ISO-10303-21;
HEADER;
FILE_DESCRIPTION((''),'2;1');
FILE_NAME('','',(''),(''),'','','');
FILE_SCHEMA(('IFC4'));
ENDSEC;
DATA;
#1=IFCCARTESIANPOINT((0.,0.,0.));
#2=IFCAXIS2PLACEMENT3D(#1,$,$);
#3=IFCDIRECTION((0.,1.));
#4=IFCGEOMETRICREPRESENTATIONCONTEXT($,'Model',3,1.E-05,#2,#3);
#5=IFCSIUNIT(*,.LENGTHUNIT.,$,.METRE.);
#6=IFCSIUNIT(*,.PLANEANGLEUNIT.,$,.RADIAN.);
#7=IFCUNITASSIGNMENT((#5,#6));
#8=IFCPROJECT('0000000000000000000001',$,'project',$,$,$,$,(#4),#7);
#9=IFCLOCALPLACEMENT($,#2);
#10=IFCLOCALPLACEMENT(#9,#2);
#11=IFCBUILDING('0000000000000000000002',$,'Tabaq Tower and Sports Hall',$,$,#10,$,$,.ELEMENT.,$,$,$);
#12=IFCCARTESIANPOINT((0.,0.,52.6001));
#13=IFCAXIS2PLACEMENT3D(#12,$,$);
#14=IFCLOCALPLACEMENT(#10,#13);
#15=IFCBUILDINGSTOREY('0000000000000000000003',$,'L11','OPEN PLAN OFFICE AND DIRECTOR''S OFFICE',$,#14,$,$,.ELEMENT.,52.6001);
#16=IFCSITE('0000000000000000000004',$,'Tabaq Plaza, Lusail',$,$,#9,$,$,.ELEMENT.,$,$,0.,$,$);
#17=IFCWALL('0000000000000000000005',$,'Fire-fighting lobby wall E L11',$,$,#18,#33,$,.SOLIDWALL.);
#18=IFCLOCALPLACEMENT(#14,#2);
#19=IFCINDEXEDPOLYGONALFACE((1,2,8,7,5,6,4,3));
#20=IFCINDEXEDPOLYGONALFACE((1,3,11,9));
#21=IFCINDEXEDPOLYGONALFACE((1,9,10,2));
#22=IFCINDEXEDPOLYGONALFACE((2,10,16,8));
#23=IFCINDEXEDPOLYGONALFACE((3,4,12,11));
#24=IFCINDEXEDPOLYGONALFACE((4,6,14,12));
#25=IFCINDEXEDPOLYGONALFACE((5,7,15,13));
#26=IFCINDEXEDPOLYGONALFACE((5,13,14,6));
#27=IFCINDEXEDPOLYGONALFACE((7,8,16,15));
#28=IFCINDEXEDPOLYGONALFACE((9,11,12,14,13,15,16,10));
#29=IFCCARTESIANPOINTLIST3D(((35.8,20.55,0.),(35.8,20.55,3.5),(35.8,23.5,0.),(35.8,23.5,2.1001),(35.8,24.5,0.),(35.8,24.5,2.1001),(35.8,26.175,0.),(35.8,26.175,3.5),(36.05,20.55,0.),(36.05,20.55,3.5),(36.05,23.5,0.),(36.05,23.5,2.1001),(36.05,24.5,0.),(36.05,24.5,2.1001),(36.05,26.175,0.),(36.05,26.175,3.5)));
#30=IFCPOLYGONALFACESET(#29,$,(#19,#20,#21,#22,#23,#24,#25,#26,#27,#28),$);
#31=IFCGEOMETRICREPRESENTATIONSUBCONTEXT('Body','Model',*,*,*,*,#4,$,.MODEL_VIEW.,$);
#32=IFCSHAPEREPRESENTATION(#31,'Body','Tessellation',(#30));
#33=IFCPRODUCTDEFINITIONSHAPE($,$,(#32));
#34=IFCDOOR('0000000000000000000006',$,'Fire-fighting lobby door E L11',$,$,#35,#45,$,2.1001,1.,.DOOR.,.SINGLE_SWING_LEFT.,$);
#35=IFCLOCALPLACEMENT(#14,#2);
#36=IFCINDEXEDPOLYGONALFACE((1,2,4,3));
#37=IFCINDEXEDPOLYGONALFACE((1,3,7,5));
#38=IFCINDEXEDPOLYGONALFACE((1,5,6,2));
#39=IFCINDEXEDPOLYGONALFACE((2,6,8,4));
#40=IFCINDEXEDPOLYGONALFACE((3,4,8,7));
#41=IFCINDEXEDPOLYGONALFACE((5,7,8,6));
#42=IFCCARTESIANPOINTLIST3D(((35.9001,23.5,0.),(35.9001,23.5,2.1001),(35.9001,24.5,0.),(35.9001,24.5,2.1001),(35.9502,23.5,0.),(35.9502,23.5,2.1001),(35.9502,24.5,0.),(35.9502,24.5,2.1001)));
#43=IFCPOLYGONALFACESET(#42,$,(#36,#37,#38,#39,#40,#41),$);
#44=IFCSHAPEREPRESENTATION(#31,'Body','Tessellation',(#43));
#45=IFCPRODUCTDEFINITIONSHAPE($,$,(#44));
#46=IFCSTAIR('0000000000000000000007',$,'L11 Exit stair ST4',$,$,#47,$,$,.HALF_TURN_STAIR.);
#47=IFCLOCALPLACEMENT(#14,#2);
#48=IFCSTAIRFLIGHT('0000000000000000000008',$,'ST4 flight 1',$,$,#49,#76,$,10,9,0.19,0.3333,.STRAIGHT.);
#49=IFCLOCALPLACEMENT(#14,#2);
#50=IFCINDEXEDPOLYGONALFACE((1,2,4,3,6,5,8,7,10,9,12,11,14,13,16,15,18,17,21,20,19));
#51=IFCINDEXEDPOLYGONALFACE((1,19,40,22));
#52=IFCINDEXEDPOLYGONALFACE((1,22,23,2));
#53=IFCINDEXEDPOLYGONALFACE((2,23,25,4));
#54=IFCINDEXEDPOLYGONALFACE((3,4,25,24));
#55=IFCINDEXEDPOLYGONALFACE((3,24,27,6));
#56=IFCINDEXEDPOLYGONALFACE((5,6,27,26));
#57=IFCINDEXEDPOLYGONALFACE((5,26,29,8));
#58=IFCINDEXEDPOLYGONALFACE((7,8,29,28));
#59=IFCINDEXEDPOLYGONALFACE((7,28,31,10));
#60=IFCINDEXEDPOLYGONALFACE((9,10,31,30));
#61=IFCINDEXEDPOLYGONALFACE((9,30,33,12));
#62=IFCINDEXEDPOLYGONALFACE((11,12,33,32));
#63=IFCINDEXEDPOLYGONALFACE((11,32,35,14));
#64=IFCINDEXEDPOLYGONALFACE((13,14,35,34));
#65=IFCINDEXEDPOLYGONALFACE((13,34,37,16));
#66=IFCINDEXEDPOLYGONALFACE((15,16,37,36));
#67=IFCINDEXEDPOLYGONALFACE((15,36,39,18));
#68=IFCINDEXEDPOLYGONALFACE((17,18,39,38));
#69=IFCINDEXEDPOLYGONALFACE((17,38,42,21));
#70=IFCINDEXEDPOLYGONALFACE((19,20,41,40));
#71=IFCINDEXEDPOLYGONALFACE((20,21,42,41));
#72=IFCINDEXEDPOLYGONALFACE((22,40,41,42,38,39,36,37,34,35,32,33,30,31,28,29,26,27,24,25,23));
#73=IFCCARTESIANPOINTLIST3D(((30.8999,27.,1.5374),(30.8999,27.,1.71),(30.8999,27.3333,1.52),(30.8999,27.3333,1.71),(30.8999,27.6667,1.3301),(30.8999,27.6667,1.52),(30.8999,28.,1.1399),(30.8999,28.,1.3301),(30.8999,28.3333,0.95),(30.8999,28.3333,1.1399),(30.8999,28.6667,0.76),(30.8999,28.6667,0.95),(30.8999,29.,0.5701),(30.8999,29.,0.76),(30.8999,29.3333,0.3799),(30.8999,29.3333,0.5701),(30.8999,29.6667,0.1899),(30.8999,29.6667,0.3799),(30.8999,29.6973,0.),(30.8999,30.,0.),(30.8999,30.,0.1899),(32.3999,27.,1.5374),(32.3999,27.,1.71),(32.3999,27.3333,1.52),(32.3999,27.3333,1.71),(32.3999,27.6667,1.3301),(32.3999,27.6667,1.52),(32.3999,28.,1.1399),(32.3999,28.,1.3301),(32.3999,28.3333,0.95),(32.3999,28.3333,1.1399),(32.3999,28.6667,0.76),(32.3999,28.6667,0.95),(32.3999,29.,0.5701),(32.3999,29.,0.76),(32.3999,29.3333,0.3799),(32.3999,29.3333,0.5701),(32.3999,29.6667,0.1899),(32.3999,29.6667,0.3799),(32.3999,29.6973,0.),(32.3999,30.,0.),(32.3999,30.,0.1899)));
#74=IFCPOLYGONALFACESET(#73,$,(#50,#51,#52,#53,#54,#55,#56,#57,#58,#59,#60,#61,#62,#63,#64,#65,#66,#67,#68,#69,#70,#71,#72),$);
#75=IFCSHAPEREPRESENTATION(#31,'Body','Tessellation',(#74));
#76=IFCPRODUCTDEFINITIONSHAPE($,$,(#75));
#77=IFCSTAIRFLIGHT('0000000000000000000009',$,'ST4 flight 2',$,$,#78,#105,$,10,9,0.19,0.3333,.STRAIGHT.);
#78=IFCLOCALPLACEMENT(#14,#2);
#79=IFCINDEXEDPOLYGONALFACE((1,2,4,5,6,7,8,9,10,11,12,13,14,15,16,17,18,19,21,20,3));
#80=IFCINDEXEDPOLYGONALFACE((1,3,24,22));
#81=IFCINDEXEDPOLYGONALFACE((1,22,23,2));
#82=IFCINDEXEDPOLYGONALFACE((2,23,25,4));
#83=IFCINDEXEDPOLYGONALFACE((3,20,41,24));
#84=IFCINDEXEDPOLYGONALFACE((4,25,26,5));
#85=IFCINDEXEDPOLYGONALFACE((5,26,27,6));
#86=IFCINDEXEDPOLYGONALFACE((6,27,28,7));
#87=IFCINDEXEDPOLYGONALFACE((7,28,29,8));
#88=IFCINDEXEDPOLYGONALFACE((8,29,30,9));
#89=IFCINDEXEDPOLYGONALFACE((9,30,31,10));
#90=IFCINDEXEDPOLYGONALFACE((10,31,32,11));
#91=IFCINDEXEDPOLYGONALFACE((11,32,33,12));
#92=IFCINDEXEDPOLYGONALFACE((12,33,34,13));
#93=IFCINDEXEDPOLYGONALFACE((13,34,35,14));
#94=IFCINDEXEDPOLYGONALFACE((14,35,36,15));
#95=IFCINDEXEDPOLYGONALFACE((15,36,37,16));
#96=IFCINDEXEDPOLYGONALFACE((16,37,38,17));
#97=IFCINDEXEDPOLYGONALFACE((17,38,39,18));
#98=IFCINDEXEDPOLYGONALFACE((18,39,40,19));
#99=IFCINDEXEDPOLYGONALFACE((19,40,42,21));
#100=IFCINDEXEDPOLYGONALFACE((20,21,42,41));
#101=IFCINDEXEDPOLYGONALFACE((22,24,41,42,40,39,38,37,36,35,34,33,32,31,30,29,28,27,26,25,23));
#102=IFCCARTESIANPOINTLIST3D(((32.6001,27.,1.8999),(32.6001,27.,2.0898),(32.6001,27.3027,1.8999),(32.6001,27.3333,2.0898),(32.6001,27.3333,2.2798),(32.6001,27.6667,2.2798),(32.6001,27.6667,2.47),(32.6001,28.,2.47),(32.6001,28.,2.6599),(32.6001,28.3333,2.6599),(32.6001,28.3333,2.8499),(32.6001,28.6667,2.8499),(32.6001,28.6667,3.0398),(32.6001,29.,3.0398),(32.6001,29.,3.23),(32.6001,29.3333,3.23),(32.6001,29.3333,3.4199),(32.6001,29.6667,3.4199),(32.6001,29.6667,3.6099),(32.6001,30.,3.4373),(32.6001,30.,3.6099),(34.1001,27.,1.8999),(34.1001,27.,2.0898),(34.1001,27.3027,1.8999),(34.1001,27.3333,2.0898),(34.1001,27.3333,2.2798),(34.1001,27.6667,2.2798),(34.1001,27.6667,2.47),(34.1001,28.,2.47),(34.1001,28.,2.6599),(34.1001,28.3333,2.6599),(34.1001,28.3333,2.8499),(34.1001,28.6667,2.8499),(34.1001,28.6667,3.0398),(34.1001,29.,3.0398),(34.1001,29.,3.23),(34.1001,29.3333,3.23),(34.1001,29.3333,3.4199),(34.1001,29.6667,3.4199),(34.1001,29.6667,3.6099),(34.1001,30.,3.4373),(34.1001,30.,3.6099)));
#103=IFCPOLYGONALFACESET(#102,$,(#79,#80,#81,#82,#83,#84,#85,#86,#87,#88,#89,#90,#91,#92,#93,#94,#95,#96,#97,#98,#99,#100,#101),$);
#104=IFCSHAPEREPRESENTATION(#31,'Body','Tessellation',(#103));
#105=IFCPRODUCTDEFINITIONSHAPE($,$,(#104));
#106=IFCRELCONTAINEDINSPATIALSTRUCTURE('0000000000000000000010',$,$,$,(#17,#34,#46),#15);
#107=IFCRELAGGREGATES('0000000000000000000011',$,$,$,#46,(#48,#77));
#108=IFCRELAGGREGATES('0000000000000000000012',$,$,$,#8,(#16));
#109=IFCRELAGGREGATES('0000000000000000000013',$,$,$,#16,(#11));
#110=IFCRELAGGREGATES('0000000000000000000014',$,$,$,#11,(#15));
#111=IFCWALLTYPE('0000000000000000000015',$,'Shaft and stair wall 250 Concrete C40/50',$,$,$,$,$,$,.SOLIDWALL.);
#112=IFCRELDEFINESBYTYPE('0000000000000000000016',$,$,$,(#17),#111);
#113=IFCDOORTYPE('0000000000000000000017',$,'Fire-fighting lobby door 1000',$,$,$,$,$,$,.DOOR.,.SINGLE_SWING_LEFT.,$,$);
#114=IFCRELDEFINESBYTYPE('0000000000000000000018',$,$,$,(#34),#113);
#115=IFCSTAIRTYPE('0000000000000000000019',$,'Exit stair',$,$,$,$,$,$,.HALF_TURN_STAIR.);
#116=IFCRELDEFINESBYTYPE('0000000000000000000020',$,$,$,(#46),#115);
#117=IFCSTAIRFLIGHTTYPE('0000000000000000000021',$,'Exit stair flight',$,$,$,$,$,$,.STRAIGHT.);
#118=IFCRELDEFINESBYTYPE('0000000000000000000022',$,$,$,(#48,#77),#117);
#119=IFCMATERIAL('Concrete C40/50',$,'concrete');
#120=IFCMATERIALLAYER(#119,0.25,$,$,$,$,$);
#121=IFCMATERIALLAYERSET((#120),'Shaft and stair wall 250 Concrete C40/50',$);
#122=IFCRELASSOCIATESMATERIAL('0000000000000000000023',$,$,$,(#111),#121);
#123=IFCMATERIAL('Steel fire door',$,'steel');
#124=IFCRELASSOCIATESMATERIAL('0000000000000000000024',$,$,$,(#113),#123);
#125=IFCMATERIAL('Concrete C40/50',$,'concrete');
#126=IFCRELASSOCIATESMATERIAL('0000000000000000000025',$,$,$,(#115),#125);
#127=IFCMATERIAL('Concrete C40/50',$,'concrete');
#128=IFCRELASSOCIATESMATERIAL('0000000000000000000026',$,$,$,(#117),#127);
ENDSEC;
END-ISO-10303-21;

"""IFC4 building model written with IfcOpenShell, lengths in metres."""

from ifc_helpers import new_model, si_unit, direction, frame, frame_2d, origin, place, context, subcontext, project, spatial, polyline, rectangle, outline, extrude, material, layer, layer_set, type_object, element, fill, aggregate, save


model = new_model("IFC4")

# Units and contexts
model_context = context("Model", 3, precision=1e-05, world=origin(), true_north=direction((0.0, 1.0)))
body_context = subcontext(model_context, "Body", "Model", "MODEL_VIEW")
ifc_project = project(units=[si_unit("LENGTHUNIT", "METRE"), si_unit("PLANEANGLEUNIT", "RADIAN")], contexts=[model_context])

# Site, building, storey
site_placement = place(None, origin())
site = spatial("IfcSite", under=ifc_project, at=site_placement, Name="Tabaq Plaza, Lusail", CompositionType="ELEMENT", RefElevation=0.0)
building_placement = place(site_placement, origin())
building = spatial("IfcBuilding", under=site, at=building_placement, Name="Tabaq Tower and Sports Hall", CompositionType="ELEMENT")
storey_placement = place(building_placement, frame((0.0, 0.0, 52.6001)))
storey = spatial("IfcBuildingStorey", under=building, at=storey_placement, Name="L11", Description="OPEN PLAN OFFICE AND DIRECTOR'S OFFICE", CompositionType="ELEMENT", Elevation=52.6001)

# Shared definitions
ifc_material_1 = material(Name="Concrete C40/50", Category="concrete")
ifc_layer_1 = layer(ifc_material_1, 0.25)
ifc_layer_set_1 = layer_set([ifc_layer_1], Name="Shaft and stair wall 250 Concrete C40/50")
wall_type_1 = type_object("IfcWallType", Name="Shaft and stair wall 250 Concrete C40/50", PredefinedType="SOLIDWALL", material=ifc_layer_set_1)

# Shared definitions
ifc_material_2 = material(Name="Steel fire door", Category="steel")
door_type_1 = type_object("IfcDoorType", Name="Fire-fighting lobby door 1000", OperationType="SINGLE_SWING_LEFT", PredefinedType="DOOR", material=ifc_material_2)

# Wall, opening, door
wall_1_placement = place(storey_placement, frame((35.925, 20.55, 0.0), z_axis=(0.0, 0.0, 1.0), x_axis=(0.0, 1.0, 0.0)))
wall_1 = element("IfcWall", 1, at=wall_1_placement, inside=storey, type_object=wall_type_1, Name="Fire-fighting lobby wall E L11", PredefinedType="SOLIDWALL", context=body_context, shape_type="SweptSolid", body=[
    extrude(rectangle(XDim=5.625, YDim=0.25, at=frame_2d((2.8125, 0.0))), origin(), (0.0, 0.0, 1.0), 3.5),
])
opening_1_placement = place(wall_1_placement, frame((2.95, 0.0, 0.0)))
opening_1 = element("IfcOpeningElement", 2, at=opening_1_placement, cuts=wall_1, PredefinedType="OPENING", context=body_context, shape_type="SweptSolid", body=[
    extrude(rectangle(XDim=1.0, YDim=2.1001, at=frame_2d((0.5, 1.05))), frame((0.0, 0.125, 0.0), z_axis=(0.0, -1.0, 0.0), x_axis=(1.0, 0.0, 0.0)), (0.0, 0.0, 1.0), 0.25),
])
door_1_placement = place(opening_1_placement, origin())
door_1 = element("IfcDoor", 3, at=door_1_placement, inside=storey, type_object=door_type_1, Name="Fire-fighting lobby door E L11", OperationType="SINGLE_SWING_LEFT", OverallHeight=2.1001, OverallWidth=1.0, PredefinedType="DOOR", context=body_context, shape_type="SweptSolid", body=[
    extrude(rectangle(XDim=1.0, YDim=2.1001, at=frame_2d((0.5, 1.05))), frame((0.0, 0.0249, 0.0), z_axis=(0.0, -1.0, 0.0), x_axis=(1.0, 0.0, 0.0)), (0.0, 0.0, 1.0), 0.05),
])
fill(opening_1, door_1)

# Stair, stair flights
ifc_material_3 = material(Name="Concrete C40/50", Category="concrete")
stair_type = type_object("IfcStairType", Name="Exit stair", PredefinedType="HALF_TURN_STAIR", material=ifc_material_3)
stair_placement = place(storey_placement, origin())
stair = element("IfcStair", 4, at=stair_placement, inside=storey, type_object=stair_type, Name="L11 Exit stair ST4", PredefinedType="HALF_TURN_STAIR")
ifc_material_4 = material(Name="Concrete C40/50", Category="concrete")
stair_flight_type = type_object("IfcStairFlightType", Name="Exit stair flight", PredefinedType="STRAIGHT", material=ifc_material_4)
stair_flight_1_placement = place(storey_placement, frame((31.6499, 30.0, 0.0), z_axis=(0.0, 0.0, 1.0), x_axis=(0.0, -1.0, 0.0)))
stair_flight_1 = element("IfcStairFlight", 5, at=stair_flight_1_placement, type_object=stair_flight_type, Name="ST4 flight 1", NumberOfRisers=10, NumberOfTreads=9, PredefinedType="STRAIGHT", RiserHeight=0.19, TreadLength=0.3333, context=body_context, shape_type="SweptSolid", body=[
    extrude(outline(polyline([(0.0, 0.0), (0.0, 0.1899), (0.3333, 0.1899), (0.3333, 0.3799), (0.6667, 0.3799), (0.6667, 0.5701), (1.0, 0.5701), (1.0, 0.76), (1.3333, 0.76), (1.3333, 0.95), (1.6667, 0.95), (1.6667, 1.1399), (2.0, 1.1399), (2.0, 1.3301), (2.3333, 1.3301), (2.3333, 1.52), (2.6667, 1.52), (2.6667, 1.71), (3.0, 1.71), (3.0, 1.8999), (3.0, 1.5374), (0.3027, 0.0), (0.0, 0.0)])), frame((0.0, 0.75, 0.0), z_axis=(0.0, -1.0, 0.0), x_axis=(1.0, 0.0, 0.0)), (0.0, 0.0, 1.0), 1.5),
])
stair_flight_2_placement = place(storey_placement, frame((33.3501, 27.0, 1.8999), z_axis=(0.0, 0.0, 1.0), x_axis=(0.0, 1.0, 0.0)))
stair_flight_2 = element("IfcStairFlight", 6, at=stair_flight_2_placement, type_object=stair_flight_type, Name="ST4 flight 2", NumberOfRisers=10, NumberOfTreads=9, PredefinedType="STRAIGHT", RiserHeight=0.19, TreadLength=0.3333, context=body_context, shape_type="SweptSolid", body=[
    extrude(outline(polyline([(0.0, 0.0), (0.0, 0.1899), (0.3333, 0.1899), (0.3333, 0.3799), (0.6667, 0.3799), (0.6667, 0.5701), (1.0, 0.5701), (1.0, 0.76), (1.3333, 0.76), (1.3333, 0.95), (1.6667, 0.95), (1.6667, 1.1399), (2.0, 1.1399), (2.0, 1.3301), (2.3333, 1.3301), (2.3333, 1.52), (2.6667, 1.52), (2.6667, 1.71), (3.0, 1.71), (3.0, 1.8999), (3.0, 1.5374), (0.3027, 0.0), (0.0, 0.0)])), frame((0.0, 0.75, 0.0), z_axis=(0.0, -1.0, 0.0), x_axis=(1.0, 0.0, 0.0)), (0.0, 0.0, 1.0), 1.5),
])
aggregate(stair, [stair_flight_1, stair_flight_2])

save(model, "model.ifc")
